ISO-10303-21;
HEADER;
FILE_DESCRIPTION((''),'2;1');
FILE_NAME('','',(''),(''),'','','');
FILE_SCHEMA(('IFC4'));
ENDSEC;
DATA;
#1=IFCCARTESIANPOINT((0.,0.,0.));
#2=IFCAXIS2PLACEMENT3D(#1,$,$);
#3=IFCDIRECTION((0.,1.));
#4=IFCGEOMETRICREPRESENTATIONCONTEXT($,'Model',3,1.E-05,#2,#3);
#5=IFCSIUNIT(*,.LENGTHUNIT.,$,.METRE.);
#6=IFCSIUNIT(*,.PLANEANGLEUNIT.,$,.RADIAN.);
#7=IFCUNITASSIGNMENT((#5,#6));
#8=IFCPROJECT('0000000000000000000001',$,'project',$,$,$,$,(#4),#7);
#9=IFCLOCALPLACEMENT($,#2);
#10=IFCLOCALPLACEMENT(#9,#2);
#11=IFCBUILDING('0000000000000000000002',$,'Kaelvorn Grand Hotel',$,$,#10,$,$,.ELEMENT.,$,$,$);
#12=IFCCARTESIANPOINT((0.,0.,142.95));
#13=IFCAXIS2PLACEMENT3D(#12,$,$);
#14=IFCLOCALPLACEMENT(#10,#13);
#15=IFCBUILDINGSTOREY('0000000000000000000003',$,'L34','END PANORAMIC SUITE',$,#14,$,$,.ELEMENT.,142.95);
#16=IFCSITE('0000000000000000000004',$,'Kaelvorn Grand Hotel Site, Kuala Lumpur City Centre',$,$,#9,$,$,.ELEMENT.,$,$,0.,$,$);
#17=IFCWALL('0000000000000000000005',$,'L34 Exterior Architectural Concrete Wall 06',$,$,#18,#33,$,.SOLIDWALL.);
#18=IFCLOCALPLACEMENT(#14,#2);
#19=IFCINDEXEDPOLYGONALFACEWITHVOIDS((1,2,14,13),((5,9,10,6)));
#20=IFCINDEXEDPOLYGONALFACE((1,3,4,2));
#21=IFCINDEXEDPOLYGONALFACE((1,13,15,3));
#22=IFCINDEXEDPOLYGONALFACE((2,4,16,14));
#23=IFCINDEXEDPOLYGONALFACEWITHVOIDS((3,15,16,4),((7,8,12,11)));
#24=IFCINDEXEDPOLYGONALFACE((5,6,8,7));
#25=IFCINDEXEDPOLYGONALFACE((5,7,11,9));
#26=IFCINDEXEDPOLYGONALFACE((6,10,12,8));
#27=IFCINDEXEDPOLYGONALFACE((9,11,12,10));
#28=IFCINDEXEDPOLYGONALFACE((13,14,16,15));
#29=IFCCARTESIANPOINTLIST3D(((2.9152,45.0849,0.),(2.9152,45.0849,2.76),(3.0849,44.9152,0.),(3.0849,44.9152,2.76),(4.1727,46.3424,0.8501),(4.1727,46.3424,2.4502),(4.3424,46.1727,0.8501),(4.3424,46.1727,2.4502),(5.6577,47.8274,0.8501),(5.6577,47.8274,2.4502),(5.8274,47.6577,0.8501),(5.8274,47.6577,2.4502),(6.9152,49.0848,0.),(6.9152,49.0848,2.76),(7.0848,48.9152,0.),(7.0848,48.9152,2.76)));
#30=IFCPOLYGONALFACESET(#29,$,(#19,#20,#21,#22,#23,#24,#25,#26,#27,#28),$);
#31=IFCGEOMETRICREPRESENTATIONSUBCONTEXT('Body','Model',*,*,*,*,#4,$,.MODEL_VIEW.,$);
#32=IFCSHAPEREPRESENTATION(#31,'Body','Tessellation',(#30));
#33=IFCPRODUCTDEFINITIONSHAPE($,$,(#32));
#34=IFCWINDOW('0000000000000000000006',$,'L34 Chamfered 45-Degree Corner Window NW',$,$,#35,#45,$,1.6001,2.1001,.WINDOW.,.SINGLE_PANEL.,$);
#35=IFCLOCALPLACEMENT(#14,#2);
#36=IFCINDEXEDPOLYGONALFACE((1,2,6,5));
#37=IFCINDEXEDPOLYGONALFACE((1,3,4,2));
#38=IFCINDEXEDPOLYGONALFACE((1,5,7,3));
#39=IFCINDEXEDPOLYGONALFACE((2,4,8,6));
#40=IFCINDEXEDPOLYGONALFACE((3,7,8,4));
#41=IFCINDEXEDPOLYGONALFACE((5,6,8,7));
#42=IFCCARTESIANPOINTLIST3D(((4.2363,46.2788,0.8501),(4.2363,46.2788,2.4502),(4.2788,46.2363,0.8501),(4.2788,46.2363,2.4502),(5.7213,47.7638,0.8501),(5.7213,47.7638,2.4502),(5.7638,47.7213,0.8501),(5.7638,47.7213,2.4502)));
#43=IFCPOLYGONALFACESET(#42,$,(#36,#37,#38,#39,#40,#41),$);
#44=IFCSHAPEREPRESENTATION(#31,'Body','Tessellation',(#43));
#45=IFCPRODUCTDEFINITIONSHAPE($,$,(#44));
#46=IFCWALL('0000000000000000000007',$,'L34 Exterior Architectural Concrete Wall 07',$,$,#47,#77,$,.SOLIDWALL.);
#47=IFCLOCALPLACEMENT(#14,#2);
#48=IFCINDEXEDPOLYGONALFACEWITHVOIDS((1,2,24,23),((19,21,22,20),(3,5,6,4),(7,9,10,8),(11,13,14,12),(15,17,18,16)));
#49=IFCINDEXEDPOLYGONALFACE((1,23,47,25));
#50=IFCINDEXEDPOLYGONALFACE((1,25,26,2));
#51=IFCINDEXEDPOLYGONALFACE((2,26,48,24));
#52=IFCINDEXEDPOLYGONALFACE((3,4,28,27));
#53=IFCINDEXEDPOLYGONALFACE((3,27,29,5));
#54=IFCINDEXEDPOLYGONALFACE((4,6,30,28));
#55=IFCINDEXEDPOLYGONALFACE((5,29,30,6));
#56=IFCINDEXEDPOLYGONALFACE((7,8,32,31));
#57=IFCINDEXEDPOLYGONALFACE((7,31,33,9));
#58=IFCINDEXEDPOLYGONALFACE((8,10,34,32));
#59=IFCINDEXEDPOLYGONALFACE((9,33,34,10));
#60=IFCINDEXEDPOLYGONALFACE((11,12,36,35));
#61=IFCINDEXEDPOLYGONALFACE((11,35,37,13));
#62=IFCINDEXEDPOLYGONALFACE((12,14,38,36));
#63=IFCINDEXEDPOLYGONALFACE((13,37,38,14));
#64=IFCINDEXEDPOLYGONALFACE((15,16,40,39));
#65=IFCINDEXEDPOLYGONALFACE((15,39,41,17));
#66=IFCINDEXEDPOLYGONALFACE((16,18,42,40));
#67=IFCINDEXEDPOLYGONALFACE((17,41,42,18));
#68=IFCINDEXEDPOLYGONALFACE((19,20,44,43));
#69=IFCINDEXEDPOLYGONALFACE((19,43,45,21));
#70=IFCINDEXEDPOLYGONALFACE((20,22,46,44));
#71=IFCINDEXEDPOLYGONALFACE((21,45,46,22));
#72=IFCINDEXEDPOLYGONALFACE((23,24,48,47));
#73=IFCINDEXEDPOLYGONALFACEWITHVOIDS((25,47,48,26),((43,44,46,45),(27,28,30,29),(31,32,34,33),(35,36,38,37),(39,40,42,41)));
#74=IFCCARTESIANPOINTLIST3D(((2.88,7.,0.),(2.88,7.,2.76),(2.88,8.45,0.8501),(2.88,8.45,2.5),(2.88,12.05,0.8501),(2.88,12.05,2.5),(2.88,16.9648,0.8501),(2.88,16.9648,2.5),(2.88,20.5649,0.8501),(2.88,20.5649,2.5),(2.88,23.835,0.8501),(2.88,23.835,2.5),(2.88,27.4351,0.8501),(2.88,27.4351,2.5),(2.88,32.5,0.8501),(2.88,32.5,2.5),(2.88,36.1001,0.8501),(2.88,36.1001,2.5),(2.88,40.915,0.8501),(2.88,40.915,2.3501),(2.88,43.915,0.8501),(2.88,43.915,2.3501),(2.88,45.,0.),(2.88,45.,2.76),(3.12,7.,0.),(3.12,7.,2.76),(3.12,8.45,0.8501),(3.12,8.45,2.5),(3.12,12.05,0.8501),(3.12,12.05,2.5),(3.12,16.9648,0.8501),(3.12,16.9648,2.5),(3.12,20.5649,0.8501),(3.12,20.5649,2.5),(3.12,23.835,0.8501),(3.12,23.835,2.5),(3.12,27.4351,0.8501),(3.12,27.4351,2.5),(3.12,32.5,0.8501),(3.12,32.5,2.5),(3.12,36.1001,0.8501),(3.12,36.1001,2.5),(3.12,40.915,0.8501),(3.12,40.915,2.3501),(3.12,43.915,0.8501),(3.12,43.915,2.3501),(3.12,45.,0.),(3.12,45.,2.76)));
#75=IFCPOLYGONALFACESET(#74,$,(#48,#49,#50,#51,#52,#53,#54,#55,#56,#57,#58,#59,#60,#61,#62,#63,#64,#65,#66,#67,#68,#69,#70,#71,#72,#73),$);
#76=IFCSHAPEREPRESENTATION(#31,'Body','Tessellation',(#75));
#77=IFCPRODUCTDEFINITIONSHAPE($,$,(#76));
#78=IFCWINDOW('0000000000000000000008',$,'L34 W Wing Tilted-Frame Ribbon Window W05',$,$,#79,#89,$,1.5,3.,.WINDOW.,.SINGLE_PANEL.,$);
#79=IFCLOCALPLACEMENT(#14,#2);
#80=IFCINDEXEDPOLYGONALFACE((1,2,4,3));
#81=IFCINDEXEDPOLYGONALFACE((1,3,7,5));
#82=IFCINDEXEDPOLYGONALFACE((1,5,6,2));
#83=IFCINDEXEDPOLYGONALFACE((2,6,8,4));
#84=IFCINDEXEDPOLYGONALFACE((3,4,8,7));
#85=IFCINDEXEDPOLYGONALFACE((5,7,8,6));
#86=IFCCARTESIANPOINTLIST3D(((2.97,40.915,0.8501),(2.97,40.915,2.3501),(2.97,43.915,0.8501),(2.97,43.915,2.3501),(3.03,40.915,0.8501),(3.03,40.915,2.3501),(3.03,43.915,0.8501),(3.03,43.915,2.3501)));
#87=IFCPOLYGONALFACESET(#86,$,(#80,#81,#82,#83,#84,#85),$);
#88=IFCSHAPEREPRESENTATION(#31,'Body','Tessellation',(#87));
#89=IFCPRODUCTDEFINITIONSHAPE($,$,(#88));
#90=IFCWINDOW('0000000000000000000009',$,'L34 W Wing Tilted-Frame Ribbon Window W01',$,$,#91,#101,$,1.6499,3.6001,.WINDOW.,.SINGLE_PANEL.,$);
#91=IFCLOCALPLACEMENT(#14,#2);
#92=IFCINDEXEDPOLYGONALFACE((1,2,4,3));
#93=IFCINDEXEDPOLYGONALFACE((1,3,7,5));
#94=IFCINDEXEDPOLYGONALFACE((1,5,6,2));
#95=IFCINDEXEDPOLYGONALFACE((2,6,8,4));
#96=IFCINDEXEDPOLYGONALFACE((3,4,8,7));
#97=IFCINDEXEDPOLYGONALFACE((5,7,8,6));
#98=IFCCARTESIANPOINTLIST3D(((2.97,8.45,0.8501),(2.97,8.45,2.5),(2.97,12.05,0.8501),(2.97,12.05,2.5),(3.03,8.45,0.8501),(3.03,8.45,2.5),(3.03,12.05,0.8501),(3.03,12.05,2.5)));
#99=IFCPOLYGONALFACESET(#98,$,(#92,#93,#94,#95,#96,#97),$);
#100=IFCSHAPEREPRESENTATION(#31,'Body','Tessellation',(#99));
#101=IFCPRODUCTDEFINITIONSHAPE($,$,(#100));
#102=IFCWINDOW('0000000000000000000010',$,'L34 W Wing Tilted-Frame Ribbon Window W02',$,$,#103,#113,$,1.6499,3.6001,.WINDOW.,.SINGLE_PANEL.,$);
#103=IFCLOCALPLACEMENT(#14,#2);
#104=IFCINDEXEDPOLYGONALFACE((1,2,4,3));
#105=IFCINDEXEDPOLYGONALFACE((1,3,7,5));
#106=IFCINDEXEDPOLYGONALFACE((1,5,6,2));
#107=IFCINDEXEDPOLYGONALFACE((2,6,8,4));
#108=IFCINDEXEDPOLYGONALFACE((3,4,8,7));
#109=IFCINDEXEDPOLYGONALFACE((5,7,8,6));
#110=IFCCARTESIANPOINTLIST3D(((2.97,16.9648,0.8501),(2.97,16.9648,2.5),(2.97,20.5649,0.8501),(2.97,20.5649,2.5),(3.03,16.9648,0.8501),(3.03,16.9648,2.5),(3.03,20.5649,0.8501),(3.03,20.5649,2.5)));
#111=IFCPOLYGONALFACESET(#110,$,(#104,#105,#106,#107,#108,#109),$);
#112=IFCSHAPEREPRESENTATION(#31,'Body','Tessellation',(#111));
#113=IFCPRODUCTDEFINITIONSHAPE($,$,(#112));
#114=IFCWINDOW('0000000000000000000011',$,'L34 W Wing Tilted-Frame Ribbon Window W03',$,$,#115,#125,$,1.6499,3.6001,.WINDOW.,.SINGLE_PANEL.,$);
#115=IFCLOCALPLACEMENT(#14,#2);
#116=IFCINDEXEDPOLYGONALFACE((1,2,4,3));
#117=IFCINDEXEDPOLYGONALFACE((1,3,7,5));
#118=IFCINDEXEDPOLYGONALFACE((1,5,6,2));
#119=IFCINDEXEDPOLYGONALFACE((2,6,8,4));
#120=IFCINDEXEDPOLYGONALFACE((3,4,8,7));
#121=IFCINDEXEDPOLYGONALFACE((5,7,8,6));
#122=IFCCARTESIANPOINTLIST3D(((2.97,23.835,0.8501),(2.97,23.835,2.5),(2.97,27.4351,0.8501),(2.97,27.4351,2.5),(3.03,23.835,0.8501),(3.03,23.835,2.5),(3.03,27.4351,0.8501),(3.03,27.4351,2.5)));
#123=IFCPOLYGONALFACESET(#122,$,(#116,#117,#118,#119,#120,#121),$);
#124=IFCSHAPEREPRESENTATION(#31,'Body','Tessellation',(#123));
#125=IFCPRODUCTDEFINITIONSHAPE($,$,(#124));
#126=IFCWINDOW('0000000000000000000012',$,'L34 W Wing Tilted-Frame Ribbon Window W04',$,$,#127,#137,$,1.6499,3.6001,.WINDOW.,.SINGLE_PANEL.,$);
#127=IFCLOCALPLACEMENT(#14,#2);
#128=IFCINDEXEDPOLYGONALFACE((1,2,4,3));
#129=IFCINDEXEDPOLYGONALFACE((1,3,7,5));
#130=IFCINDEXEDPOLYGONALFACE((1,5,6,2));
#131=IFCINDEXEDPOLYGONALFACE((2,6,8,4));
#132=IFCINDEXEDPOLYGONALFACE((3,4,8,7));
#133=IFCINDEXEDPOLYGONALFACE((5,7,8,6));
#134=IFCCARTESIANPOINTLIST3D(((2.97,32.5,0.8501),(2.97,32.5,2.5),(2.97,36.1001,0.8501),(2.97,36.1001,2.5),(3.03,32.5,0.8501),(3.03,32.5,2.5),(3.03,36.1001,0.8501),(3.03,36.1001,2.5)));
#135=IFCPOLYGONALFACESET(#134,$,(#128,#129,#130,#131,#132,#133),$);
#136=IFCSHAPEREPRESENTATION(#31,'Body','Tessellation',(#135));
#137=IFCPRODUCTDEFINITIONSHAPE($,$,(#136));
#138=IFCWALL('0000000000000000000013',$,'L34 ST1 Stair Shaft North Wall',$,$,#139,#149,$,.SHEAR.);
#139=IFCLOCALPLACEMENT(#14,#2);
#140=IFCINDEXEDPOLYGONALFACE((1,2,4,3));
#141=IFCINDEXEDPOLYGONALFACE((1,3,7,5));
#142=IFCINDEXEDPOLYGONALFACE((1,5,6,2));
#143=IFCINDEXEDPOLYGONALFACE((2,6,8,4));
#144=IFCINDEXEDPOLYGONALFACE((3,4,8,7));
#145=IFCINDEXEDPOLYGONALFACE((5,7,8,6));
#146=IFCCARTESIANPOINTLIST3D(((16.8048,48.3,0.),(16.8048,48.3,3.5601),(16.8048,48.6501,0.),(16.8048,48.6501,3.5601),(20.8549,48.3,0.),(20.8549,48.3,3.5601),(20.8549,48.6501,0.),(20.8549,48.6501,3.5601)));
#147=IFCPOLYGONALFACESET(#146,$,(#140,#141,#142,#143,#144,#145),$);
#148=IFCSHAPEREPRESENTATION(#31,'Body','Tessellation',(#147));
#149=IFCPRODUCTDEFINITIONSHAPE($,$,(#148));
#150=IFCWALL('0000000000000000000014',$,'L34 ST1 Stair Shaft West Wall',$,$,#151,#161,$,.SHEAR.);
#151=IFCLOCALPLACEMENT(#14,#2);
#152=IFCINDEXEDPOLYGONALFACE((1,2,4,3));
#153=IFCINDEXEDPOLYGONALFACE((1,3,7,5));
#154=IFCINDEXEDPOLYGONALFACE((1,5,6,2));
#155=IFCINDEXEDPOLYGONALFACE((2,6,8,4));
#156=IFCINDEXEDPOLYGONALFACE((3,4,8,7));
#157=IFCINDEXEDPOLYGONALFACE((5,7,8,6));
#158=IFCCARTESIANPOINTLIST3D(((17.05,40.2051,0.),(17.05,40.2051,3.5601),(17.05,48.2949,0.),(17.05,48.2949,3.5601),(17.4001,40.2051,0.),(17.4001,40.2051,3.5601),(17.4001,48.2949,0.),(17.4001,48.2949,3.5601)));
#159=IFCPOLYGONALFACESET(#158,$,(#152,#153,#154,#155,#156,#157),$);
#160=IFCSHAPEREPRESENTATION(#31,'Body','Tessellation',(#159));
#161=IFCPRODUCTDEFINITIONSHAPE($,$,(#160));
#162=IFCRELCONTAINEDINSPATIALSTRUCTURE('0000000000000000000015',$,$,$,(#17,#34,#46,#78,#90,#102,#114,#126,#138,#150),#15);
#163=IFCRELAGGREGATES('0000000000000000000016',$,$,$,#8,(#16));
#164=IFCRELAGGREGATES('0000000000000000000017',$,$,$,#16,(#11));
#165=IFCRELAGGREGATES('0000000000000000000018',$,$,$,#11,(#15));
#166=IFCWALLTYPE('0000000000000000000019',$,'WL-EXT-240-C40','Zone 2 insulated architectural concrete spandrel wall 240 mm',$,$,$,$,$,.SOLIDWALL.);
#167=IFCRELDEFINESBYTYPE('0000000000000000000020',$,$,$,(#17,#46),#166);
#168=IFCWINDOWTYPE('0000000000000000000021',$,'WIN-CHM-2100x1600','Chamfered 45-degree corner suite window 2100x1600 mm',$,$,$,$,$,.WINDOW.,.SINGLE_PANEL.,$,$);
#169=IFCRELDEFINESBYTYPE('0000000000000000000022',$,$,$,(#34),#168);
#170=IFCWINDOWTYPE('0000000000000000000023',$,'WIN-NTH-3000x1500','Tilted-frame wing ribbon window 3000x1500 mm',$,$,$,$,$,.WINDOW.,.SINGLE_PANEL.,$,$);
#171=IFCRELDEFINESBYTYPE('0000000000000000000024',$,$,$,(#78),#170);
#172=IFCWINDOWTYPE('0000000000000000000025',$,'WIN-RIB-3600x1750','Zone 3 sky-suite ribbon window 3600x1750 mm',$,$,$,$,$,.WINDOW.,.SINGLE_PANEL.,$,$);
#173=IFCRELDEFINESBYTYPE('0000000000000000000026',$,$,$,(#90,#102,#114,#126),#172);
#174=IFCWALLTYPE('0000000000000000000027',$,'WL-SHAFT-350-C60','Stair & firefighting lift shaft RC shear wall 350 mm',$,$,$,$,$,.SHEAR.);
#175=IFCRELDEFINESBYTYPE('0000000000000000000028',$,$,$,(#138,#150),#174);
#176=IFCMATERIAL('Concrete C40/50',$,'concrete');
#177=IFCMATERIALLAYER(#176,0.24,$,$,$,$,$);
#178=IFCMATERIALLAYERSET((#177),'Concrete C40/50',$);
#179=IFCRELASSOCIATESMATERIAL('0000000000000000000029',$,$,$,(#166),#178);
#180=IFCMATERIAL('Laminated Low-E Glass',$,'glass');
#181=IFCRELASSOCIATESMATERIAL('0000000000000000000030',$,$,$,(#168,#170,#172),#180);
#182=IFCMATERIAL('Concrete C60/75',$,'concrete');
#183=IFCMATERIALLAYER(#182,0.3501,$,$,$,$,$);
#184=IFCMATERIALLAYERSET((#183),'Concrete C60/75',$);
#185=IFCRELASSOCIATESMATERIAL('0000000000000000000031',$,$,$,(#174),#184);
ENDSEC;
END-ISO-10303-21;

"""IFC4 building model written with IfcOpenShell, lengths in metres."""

from ifc_helpers import new_model, si_unit, direction, frame, frame_2d, origin, place, context, subcontext, project, spatial, rectangle, extrude, material, layer, layer_set, type_object, element, fill, save


model = new_model("IFC4")

# Units and contexts
model_context = context("Model", 3, precision=1e-05, world=origin(), true_north=direction((0.0, 1.0)))
body_context = subcontext(model_context, "Body", "Model", "MODEL_VIEW")
ifc_project = project(units=[si_unit("LENGTHUNIT", "METRE"), si_unit("PLANEANGLEUNIT", "RADIAN")], contexts=[model_context])

# Site, building, storey
site_placement = place(None, origin())
site = spatial("IfcSite", under=ifc_project, at=site_placement, Name="Kaelvorn Grand Hotel Site, Kuala Lumpur City Centre", CompositionType="ELEMENT", RefElevation=0.0)
building_placement = place(site_placement, origin())
building = spatial("IfcBuilding", under=site, at=building_placement, Name="Kaelvorn Grand Hotel", CompositionType="ELEMENT")
storey_placement = place(building_placement, frame((0.0, 0.0, 142.95)))
storey = spatial("IfcBuildingStorey", under=building, at=storey_placement, Name="L34", Description="END PANORAMIC SUITE", CompositionType="ELEMENT", Elevation=142.95)

# Shared definitions
ifc_material_1 = material(Name="Concrete C60/75", Category="concrete")

# Wall, opening, window
ifc_material_2 = material(Name="Concrete C40/50", Category="concrete")
ifc_layer_1 = layer(ifc_material_2, 0.24)
ifc_layer_set_1 = layer_set([ifc_layer_1], Name="Concrete C40/50")
wall_type_1 = type_object("IfcWallType", Name="WL-EXT-240-C40", Description="Zone 2 insulated architectural concrete spandrel wall 240 mm", PredefinedType="SOLIDWALL", material=ifc_layer_set_1)
wall_1_placement = place(storey_placement, frame((7.0, 49.0, 0.0), z_axis=(0.0, 0.0, 1.0), x_axis=(-0.707107, -0.707107, 0.0)))
wall_1 = element("IfcWall", 1, at=wall_1_placement, inside=storey, type_object=wall_type_1, Name="L34 Exterior Architectural Concrete Wall 06", PredefinedType="SOLIDWALL", context=body_context, shape_type="SweptSolid", body=[
    extrude(rectangle(XDim=5.6567, YDim=0.24, at=frame_2d((2.8284, 0.0))), origin(), (0.0, 0.0, 1.0), 2.76),
])
opening_1_placement = place(wall_1_placement, frame((1.7783, 0.0, 0.8501)))
opening_1 = element("IfcOpeningElement", 2, at=opening_1_placement, cuts=wall_1, PredefinedType="OPENING", context=body_context, shape_type="SweptSolid", body=[
    extrude(rectangle(XDim=2.1001, YDim=1.6001, at=frame_2d((1.05, 0.8))), frame((0.0, 0.1299, 0.0), z_axis=(0.0, -1.0, 0.0), x_axis=(1.0, 0.0, 0.0)), (0.0, 0.0, 1.0), 0.26),
])
ifc_material_3 = material(Name="Laminated Low-E Glass", Category="glass")
window_type_1 = type_object("IfcWindowType", Name="WIN-CHM-2100x1600", Description="Chamfered 45-degree corner suite window 2100x1600 mm", PartitioningType="SINGLE_PANEL", PredefinedType="WINDOW", material=ifc_material_3)
window_1_placement = place(opening_1_placement, origin())
window_1 = element("IfcWindow", 3, at=window_1_placement, inside=storey, type_object=window_type_1, Name="L34 Chamfered 45-Degree Corner Window NW", OverallHeight=1.6001, OverallWidth=2.1001, PartitioningType="SINGLE_PANEL", PredefinedType="WINDOW", context=body_context, shape_type="SweptSolid", body=[
    extrude(rectangle(XDim=2.1001, YDim=1.6001, at=frame_2d((1.05, 0.8))), frame((0.0, 0.03, 0.0), z_axis=(0.0, -1.0, 0.0), x_axis=(1.0, 0.0, 0.0)), (0.0, 0.0, 1.0), 0.0601),
])
fill(opening_1, window_1)

# Wall, openings, windows
wall_2_placement = place(storey_placement, frame((3.0, 45.0, 0.0), z_axis=(0.0, 0.0, 1.0), x_axis=(0.0, -1.0, 0.0)))
wall_2 = element("IfcWall", 4, at=wall_2_placement, inside=storey, type_object=wall_type_1, Name="L34 Exterior Architectural Concrete Wall 07", PredefinedType="SOLIDWALL", context=body_context, shape_type="SweptSolid", body=[
    extrude(rectangle(XDim=38.0, YDim=0.24, at=frame_2d((19.0, 0.0))), origin(), (0.0, 0.0, 1.0), 2.76),
])
opening_2_placement = place(wall_2_placement, frame((32.95, 0.0, 0.8501)))
opening_2 = element("IfcOpeningElement", 5, at=opening_2_placement, cuts=wall_2, PredefinedType="OPENING", context=body_context, shape_type="SweptSolid", body=[
    extrude(rectangle(XDim=3.6001, YDim=1.6499, at=frame_2d((1.8, 0.825))), frame((0.0, 0.1299, 0.0), z_axis=(0.0, -1.0, 0.0), x_axis=(1.0, 0.0, 0.0)), (0.0, 0.0, 1.0), 0.26),
])
opening_3_placement = place(wall_2_placement, frame((24.4351, 0.0, 0.8501)))
opening_3 = element("IfcOpeningElement", 6, at=opening_3_placement, cuts=wall_2, PredefinedType="OPENING", context=body_context, shape_type="SweptSolid", body=[
    extrude(rectangle(XDim=3.6001, YDim=1.6499, at=frame_2d((1.8, 0.825))), frame((0.0, 0.1299, 0.0), z_axis=(0.0, -1.0, 0.0), x_axis=(1.0, 0.0, 0.0)), (0.0, 0.0, 1.0), 0.26),
])
opening_4_placement = place(wall_2_placement, frame((17.5649, 0.0, 0.8501)))
opening_4 = element("IfcOpeningElement", 7, at=opening_4_placement, cuts=wall_2, PredefinedType="OPENING", context=body_context, shape_type="SweptSolid", body=[
    extrude(rectangle(XDim=3.6001, YDim=1.6499, at=frame_2d((1.8, 0.825))), frame((0.0, 0.1299, 0.0), z_axis=(0.0, -1.0, 0.0), x_axis=(1.0, 0.0, 0.0)), (0.0, 0.0, 1.0), 0.26),
])
opening_5_placement = place(wall_2_placement, frame((8.8999, 0.0, 0.8501)))
opening_5 = element("IfcOpeningElement", 8, at=opening_5_placement, cuts=wall_2, PredefinedType="OPENING", context=body_context, shape_type="SweptSolid", body=[
    extrude(rectangle(XDim=3.6001, YDim=1.6499, at=frame_2d((1.8, 0.825))), frame((0.0, 0.1299, 0.0), z_axis=(0.0, -1.0, 0.0), x_axis=(1.0, 0.0, 0.0)), (0.0, 0.0, 1.0), 0.26),
])
opening_6_placement = place(wall_2_placement, frame((1.085, 0.0, 0.8501)))
opening_6 = element("IfcOpeningElement", 9, at=opening_6_placement, cuts=wall_2, PredefinedType="OPENING", context=body_context, shape_type="SweptSolid", body=[
    extrude(rectangle(XDim=3.0, YDim=1.5, at=frame_2d((1.5, 0.75))), frame((0.0, 0.1299, 0.0), z_axis=(0.0, -1.0, 0.0), x_axis=(1.0, 0.0, 0.0)), (0.0, 0.0, 1.0), 0.26),
])
window_type_2 = type_object("IfcWindowType", Name="WIN-NTH-3000x1500", Description="Tilted-frame wing ribbon window 3000x1500 mm", PartitioningType="SINGLE_PANEL", PredefinedType="WINDOW", material=ifc_material_3)
window_2_placement = place(opening_6_placement, origin())
window_2 = element("IfcWindow", 10, at=window_2_placement, inside=storey, type_object=window_type_2, Name="L34 W Wing Tilted-Frame Ribbon Window W05", OverallHeight=1.5, OverallWidth=3.0, PartitioningType="SINGLE_PANEL", PredefinedType="WINDOW", context=body_context, shape_type="SweptSolid", body=[
    extrude(rectangle(XDim=3.0, YDim=1.5, at=frame_2d((1.5, 0.75))), frame((0.0, 0.03, 0.0), z_axis=(0.0, -1.0, 0.0), x_axis=(1.0, 0.0, 0.0)), (0.0, 0.0, 1.0), 0.0601),
])
fill(opening_6, window_2)
window_type_3 = type_object("IfcWindowType", Name="WIN-RIB-3600x1750", Description="Zone 3 sky-suite ribbon window 3600x1750 mm", PartitioningType="SINGLE_PANEL", PredefinedType="WINDOW", material=ifc_material_3)
window_3_placement = place(opening_2_placement, origin())
window_3 = element("IfcWindow", 11, at=window_3_placement, inside=storey, type_object=window_type_3, Name="L34 W Wing Tilted-Frame Ribbon Window W01", OverallHeight=1.6499, OverallWidth=3.6001, PartitioningType="SINGLE_PANEL", PredefinedType="WINDOW", context=body_context, shape_type="SweptSolid", body=[
    extrude(rectangle(XDim=3.6001, YDim=1.6499, at=frame_2d((1.8, 0.825))), frame((0.0, 0.03, 0.0), z_axis=(0.0, -1.0, 0.0), x_axis=(1.0, 0.0, 0.0)), (0.0, 0.0, 1.0), 0.0601),
])
fill(opening_2, window_3)
window_4_placement = place(opening_3_placement, origin())
window_4 = element("IfcWindow", 12, at=window_4_placement, inside=storey, type_object=window_type_3, Name="L34 W Wing Tilted-Frame Ribbon Window W02", OverallHeight=1.6499, OverallWidth=3.6001, PartitioningType="SINGLE_PANEL", PredefinedType="WINDOW", context=body_context, shape_type="SweptSolid", body=[
    extrude(rectangle(XDim=3.6001, YDim=1.6499, at=frame_2d((1.8, 0.825))), frame((0.0, 0.03, 0.0), z_axis=(0.0, -1.0, 0.0), x_axis=(1.0, 0.0, 0.0)), (0.0, 0.0, 1.0), 0.0601),
])
fill(opening_3, window_4)
window_5_placement = place(opening_4_placement, origin())
window_5 = element("IfcWindow", 13, at=window_5_placement, inside=storey, type_object=window_type_3, Name="L34 W Wing Tilted-Frame Ribbon Window W03", OverallHeight=1.6499, OverallWidth=3.6001, PartitioningType="SINGLE_PANEL", PredefinedType="WINDOW", context=body_context, shape_type="SweptSolid", body=[
    extrude(rectangle(XDim=3.6001, YDim=1.6499, at=frame_2d((1.8, 0.825))), frame((0.0, 0.03, 0.0), z_axis=(0.0, -1.0, 0.0), x_axis=(1.0, 0.0, 0.0)), (0.0, 0.0, 1.0), 0.0601),
])
fill(opening_4, window_5)
window_6_placement = place(opening_5_placement, origin())
window_6 = element("IfcWindow", 14, at=window_6_placement, inside=storey, type_object=window_type_3, Name="L34 W Wing Tilted-Frame Ribbon Window W04", OverallHeight=1.6499, OverallWidth=3.6001, PartitioningType="SINGLE_PANEL", PredefinedType="WINDOW", context=body_context, shape_type="SweptSolid", body=[
    extrude(rectangle(XDim=3.6001, YDim=1.6499, at=frame_2d((1.8, 0.825))), frame((0.0, 0.03, 0.0), z_axis=(0.0, -1.0, 0.0), x_axis=(1.0, 0.0, 0.0)), (0.0, 0.0, 1.0), 0.0601),
])
fill(opening_5, window_6)

# Walls
ifc_layer_2 = layer(ifc_material_1, 0.3501)
ifc_layer_set_2 = layer_set([ifc_layer_2], Name="Concrete C60/75")
wall_type_2 = type_object("IfcWallType", Name="WL-SHAFT-350-C60", Description="Stair & firefighting lift shaft RC shear wall 350 mm", PredefinedType="SHEAR", material=ifc_layer_set_2)
wall_3_placement = place(storey_placement, frame((16.8049, 48.4751, 0.0), z_axis=(0.0, 0.0, 1.0), x_axis=(1.0, 0.0, 0.0)))
element("IfcWall", 15, at=wall_3_placement, inside=storey, type_object=wall_type_2, Name="L34 ST1 Stair Shaft North Wall", PredefinedType="SHEAR", context=body_context, shape_type="SweptSolid", body=[
    extrude(rectangle(XDim=4.05, YDim=0.3501, at=frame_2d((2.0249, 0.0))), origin(), (0.0, 0.0, 1.0), 3.5601),
])
wall_4_placement = place(storey_placement, frame((17.2251, 40.2051, 0.0), z_axis=(0.0, 0.0, 1.0), x_axis=(0.0, 1.0, 0.0)))
element("IfcWall", 16, at=wall_4_placement, inside=storey, type_object=wall_type_2, Name="L34 ST1 Stair Shaft West Wall", PredefinedType="SHEAR", context=body_context, shape_type="SweptSolid", body=[
    extrude(rectangle(XDim=8.0898, YDim=0.3501, at=frame_2d((4.0449, 0.0))), origin(), (0.0, 0.0, 1.0), 3.5601),
])

save(model, "model.ifc")
